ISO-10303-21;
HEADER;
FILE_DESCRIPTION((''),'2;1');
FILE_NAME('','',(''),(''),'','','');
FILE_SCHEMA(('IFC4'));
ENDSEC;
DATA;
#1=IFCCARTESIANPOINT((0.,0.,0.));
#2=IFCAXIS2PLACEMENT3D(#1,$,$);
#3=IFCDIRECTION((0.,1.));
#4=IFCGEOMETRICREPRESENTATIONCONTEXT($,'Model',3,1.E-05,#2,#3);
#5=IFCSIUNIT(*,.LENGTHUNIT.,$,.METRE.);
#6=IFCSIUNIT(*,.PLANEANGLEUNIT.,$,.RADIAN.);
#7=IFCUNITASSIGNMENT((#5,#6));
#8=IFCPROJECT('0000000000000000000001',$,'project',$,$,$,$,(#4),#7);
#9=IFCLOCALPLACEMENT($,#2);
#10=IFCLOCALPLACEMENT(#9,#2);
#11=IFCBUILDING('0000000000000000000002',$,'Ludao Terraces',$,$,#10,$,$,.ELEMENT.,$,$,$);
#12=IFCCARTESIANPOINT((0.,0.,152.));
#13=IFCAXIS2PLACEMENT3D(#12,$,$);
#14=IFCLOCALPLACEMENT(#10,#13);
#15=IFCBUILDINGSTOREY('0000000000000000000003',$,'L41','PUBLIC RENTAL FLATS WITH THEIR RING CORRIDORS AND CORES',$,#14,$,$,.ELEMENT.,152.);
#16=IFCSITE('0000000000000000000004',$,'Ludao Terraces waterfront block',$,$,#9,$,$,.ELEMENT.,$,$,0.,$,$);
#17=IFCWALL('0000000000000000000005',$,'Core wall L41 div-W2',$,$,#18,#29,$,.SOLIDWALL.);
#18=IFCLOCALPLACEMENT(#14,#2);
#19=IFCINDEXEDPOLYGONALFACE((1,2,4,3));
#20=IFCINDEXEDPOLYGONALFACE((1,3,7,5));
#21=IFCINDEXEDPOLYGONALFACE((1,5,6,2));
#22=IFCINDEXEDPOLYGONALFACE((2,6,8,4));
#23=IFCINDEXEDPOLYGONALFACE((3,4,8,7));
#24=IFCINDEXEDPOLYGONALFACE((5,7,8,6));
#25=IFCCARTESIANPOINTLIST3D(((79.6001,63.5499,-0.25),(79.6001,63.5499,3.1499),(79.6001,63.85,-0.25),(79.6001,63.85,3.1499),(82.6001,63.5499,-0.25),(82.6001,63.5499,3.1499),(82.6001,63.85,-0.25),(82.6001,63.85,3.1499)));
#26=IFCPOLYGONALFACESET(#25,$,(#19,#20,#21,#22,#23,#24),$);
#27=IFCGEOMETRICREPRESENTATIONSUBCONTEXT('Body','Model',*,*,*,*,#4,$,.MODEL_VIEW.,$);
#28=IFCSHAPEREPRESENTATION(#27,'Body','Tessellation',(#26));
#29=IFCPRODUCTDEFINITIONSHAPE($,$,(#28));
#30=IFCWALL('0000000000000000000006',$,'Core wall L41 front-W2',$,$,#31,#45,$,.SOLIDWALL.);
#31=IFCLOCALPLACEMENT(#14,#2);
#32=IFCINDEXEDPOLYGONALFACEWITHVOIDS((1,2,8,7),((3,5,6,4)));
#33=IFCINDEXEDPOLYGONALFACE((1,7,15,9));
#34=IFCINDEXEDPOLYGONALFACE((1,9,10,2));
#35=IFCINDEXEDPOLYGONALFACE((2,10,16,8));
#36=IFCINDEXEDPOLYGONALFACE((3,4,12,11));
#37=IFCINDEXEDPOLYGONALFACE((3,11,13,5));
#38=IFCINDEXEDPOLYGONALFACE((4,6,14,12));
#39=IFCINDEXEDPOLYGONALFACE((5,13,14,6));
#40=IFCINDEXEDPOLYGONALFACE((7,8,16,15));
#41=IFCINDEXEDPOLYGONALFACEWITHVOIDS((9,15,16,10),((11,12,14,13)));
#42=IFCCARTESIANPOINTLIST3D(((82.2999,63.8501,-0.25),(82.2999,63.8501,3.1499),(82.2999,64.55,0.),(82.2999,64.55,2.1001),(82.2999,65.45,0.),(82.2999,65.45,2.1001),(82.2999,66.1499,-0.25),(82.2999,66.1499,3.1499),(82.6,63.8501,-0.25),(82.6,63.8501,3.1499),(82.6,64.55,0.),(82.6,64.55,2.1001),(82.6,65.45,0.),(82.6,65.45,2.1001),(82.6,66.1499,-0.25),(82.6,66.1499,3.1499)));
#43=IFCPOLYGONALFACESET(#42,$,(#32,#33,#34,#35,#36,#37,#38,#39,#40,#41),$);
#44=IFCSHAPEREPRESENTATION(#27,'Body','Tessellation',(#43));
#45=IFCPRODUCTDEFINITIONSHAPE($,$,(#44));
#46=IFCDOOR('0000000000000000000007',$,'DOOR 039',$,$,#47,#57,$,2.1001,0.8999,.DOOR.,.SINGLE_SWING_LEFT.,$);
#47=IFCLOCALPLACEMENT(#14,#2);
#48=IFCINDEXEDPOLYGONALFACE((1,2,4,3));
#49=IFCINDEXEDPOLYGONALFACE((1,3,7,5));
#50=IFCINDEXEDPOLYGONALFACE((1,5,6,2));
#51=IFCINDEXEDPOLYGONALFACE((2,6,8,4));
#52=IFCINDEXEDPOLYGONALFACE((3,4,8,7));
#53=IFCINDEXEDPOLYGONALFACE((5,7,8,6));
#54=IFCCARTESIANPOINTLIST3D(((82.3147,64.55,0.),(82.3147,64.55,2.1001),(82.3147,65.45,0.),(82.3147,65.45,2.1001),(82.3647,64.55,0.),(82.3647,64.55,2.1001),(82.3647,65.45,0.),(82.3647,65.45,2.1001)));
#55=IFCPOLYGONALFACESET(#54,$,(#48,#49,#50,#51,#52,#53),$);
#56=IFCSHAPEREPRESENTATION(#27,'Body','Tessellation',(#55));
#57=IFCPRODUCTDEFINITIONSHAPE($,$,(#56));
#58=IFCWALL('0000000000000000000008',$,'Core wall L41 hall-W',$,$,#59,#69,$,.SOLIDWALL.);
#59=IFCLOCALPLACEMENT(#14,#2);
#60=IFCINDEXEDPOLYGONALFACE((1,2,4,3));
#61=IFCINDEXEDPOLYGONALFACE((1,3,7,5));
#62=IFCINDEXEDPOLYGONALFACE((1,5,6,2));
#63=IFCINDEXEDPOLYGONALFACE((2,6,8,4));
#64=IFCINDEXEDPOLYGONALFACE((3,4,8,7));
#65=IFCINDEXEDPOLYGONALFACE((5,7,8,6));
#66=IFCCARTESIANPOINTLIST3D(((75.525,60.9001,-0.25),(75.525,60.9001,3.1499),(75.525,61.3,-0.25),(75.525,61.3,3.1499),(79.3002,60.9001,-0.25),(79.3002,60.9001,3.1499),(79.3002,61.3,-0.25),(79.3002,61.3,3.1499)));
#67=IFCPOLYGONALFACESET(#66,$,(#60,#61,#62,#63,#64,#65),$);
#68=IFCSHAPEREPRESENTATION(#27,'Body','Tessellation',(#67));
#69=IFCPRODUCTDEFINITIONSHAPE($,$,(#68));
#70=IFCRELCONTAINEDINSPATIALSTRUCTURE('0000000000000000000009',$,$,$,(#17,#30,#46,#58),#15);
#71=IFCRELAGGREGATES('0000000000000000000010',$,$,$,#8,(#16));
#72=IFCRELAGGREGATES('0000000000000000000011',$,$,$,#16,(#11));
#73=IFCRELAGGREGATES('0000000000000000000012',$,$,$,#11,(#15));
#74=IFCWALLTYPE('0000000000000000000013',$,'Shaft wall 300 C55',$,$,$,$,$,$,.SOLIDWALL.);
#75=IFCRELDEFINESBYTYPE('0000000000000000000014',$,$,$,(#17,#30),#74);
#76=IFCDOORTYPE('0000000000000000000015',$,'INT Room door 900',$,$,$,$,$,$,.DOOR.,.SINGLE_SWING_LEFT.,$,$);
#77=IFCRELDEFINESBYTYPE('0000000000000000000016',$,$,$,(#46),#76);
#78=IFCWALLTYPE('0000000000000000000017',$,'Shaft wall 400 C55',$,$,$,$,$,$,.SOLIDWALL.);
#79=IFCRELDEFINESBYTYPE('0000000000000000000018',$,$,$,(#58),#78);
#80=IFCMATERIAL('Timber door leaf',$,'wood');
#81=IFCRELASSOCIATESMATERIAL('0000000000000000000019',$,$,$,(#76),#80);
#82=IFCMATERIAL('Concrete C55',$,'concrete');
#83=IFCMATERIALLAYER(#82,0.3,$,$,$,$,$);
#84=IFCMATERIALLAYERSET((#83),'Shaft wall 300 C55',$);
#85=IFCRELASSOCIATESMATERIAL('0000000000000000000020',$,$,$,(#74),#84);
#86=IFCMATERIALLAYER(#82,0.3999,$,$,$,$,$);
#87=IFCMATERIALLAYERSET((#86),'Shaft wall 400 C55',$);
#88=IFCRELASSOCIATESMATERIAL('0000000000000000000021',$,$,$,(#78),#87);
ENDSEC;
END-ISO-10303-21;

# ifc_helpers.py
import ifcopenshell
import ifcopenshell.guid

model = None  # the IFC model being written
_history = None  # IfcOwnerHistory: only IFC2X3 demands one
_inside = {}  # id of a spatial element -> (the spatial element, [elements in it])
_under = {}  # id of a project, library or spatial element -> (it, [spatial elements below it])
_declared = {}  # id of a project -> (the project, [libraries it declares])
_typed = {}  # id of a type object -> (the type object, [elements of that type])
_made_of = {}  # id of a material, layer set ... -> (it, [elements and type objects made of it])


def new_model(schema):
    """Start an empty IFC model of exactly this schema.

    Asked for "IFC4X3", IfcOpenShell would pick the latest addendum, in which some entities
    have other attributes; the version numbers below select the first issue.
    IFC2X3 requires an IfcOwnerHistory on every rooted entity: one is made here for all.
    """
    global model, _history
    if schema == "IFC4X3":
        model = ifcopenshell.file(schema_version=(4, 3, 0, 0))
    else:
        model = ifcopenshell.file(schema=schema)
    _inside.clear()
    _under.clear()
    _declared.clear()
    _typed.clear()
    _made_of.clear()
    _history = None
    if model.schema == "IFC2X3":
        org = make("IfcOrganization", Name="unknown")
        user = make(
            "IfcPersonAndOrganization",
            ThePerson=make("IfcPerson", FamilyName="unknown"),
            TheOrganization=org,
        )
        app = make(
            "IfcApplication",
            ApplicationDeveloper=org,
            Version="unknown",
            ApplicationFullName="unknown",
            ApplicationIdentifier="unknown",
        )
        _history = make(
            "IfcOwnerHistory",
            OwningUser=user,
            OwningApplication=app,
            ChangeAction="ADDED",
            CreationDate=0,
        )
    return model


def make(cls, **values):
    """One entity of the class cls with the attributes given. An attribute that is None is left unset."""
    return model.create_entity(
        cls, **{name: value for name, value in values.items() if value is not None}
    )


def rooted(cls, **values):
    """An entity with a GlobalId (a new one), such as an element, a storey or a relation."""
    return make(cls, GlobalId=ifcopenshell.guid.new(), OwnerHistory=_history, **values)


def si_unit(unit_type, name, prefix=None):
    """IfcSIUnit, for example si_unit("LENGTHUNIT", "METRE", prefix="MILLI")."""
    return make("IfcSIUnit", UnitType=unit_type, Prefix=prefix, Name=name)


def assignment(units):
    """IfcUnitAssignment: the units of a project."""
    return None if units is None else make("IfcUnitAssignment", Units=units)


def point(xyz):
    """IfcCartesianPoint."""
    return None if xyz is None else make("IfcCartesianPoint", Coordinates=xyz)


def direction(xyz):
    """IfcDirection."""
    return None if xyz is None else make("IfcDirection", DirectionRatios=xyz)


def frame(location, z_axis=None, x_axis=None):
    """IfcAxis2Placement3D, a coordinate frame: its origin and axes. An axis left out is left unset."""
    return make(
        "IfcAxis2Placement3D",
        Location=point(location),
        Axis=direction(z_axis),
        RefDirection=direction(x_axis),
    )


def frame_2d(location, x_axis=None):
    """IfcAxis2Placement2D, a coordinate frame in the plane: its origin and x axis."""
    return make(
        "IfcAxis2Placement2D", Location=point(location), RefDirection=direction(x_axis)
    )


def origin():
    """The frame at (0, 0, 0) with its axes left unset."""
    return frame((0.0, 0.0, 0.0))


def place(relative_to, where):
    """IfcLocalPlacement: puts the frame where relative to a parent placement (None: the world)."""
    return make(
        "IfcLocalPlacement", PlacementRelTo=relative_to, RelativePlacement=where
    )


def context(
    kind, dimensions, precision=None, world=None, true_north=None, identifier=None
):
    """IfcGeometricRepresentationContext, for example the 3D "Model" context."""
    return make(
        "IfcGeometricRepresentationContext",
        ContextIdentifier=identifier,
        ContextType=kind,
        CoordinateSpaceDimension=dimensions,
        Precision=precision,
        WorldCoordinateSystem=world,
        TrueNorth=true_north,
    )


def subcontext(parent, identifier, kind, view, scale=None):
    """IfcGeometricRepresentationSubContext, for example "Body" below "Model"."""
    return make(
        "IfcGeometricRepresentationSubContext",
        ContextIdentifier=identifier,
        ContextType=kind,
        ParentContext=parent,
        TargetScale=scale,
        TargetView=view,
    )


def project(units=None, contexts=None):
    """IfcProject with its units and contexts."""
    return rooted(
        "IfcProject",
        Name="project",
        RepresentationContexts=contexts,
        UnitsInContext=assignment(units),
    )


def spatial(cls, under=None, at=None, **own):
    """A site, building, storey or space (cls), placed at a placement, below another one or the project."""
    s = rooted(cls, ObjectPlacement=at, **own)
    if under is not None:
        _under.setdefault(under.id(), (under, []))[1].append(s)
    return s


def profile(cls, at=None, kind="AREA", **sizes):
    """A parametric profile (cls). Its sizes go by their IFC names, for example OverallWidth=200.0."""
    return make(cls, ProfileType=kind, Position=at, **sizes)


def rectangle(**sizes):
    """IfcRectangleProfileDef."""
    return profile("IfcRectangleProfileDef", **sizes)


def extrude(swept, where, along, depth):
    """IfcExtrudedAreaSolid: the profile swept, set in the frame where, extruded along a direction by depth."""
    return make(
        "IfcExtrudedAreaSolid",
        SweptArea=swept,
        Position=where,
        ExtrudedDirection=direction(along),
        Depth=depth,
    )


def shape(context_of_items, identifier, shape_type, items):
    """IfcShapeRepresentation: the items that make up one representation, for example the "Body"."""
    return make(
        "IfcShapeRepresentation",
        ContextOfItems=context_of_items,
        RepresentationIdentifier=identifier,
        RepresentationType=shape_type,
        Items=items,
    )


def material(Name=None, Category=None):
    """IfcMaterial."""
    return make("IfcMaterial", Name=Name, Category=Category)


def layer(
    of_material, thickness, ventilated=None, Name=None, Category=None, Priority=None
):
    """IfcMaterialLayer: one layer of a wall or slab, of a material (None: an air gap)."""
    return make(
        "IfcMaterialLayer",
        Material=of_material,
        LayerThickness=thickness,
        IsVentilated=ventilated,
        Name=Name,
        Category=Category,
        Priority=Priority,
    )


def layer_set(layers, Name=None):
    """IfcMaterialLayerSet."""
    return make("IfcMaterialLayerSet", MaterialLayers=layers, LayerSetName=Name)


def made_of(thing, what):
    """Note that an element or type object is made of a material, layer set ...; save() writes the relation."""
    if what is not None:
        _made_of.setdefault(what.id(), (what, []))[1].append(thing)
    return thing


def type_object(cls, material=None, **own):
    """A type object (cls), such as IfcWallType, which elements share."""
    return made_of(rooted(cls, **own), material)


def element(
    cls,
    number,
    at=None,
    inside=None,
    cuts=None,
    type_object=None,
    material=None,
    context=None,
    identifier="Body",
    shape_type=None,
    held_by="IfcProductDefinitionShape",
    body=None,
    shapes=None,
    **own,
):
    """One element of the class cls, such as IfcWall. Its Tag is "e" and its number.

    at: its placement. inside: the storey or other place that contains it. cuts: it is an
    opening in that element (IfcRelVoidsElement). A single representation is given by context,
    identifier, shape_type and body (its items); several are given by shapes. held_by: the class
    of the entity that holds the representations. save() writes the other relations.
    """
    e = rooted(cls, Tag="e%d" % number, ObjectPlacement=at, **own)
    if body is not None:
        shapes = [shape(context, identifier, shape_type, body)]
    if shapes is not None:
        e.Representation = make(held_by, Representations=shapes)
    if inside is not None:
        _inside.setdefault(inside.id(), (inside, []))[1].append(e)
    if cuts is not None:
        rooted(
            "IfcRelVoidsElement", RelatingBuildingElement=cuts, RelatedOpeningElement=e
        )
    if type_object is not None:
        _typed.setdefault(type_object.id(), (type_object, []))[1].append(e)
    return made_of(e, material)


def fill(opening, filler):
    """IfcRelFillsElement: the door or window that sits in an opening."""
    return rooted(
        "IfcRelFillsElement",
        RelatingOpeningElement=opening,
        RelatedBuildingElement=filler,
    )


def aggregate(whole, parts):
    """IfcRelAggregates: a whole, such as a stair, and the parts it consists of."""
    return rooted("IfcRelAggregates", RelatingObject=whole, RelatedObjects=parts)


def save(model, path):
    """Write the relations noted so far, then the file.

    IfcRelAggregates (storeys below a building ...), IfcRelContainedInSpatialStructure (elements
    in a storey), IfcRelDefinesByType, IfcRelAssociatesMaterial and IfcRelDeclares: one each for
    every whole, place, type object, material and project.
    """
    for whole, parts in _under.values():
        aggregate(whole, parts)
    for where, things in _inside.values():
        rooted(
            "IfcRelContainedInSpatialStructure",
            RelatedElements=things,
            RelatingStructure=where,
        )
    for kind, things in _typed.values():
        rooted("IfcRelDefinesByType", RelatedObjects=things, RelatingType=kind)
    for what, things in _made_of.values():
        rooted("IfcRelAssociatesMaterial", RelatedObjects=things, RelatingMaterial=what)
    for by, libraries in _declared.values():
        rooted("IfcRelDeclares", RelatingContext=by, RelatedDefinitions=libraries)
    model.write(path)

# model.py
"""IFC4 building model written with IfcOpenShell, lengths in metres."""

from ifc_helpers import new_model, si_unit, direction, frame, frame_2d, origin, place, context, subcontext, project, spatial, rectangle, extrude, material, layer, layer_set, type_object, element, fill, save


model = new_model("IFC4")

# Units and contexts
model_context = context("Model", 3, precision=1e-05, world=origin(), true_north=direction((0.0, 1.0)))
body_context = subcontext(model_context, "Body", "Model", "MODEL_VIEW")
ifc_project = project(units=[si_unit("LENGTHUNIT", "METRE"), si_unit("PLANEANGLEUNIT", "RADIAN")], contexts=[model_context])

# Site, building, storey
site_placement = place(None, origin())
site = spatial("IfcSite", under=ifc_project, at=site_placement, Name="Ludao Terraces waterfront block", CompositionType="ELEMENT", RefElevation=0.0)
building_placement = place(site_placement, origin())
building = spatial("IfcBuilding", under=site, at=building_placement, Name="Ludao Terraces", CompositionType="ELEMENT")
storey_placement = place(building_placement, frame((0.0, 0.0, 152.0)))
storey = spatial("IfcBuildingStorey", under=building, at=storey_placement, Name="L41", Description="PUBLIC RENTAL FLATS WITH THEIR RING CORRIDORS AND CORES", CompositionType="ELEMENT", Elevation=152.0)

# Shared definitions
ifc_material_1 = material(Name="Timber door leaf", Category="wood")
door_type_1 = type_object("IfcDoorType", Name="INT Room door 900", OperationType="SINGLE_SWING_LEFT", PredefinedType="DOOR", material=ifc_material_1)

# Shared definitions
ifc_material_2 = material(Name="Concrete C55", Category="concrete")
ifc_layer_1 = layer(ifc_material_2, 0.3)
ifc_layer_set_1 = layer_set([ifc_layer_1], Name="Shaft wall 300 C55")
wall_type_1 = type_object("IfcWallType", Name="Shaft wall 300 C55", PredefinedType="SOLIDWALL", material=ifc_layer_set_1)

# Wall
wall_1_placement = place(storey_placement, frame((79.6001, 63.7, -0.25), z_axis=(0.0, 0.0, 1.0), x_axis=(1.0, 0.0, 0.0)))
element("IfcWall", 1, at=wall_1_placement, inside=storey, type_object=wall_type_1, Name="Core wall L41 div-W2", PredefinedType="SOLIDWALL", context=body_context, shape_type="SweptSolid", body=[
    extrude(rectangle(XDim=3.0, YDim=0.3, at=frame_2d((1.5, 0.0))), origin(), (0.0, 0.0, 1.0), 3.3999),
])

# Wall, opening, door
wall_2_placement = place(storey_placement, frame((82.45, 63.8501, -0.25), z_axis=(0.0, 0.0, 1.0), x_axis=(0.0, 1.0, 0.0)))
wall_2 = element("IfcWall", 2, at=wall_2_placement, inside=storey, type_object=wall_type_1, Name="Core wall L41 front-W2", PredefinedType="SOLIDWALL", context=body_context, shape_type="SweptSolid", body=[
    extrude(rectangle(XDim=2.2998, YDim=0.3, at=frame_2d((1.1499, 0.0))), origin(), (0.0, 0.0, 1.0), 3.3999),
])
opening_1_placement = place(wall_2_placement, frame((0.7, 0.0, 0.25)))
opening_1 = element("IfcOpeningElement", 3, at=opening_1_placement, cuts=wall_2, PredefinedType="OPENING", context=body_context, shape_type="SweptSolid", body=[
    extrude(rectangle(XDim=0.8999, YDim=2.1001, at=frame_2d((0.45, 1.05))), frame((0.0, 0.1602, 0.0), z_axis=(0.0, -1.0, 0.0), x_axis=(1.0, 0.0, 0.0)), (0.0, 0.0, 1.0), 0.3201),
])
door_1_placement = place(opening_1_placement, origin())
door_1 = element("IfcDoor", 4, at=door_1_placement, inside=storey, type_object=door_type_1, Name="DOOR 039", OperationType="SINGLE_SWING_LEFT", OverallHeight=2.1001, OverallWidth=0.8999, PredefinedType="DOOR", context=body_context, shape_type="SweptSolid", body=[
    extrude(rectangle(XDim=0.8999, YDim=2.1001, at=frame_2d((0.45, 1.05))), frame((0.0, 0.1353, 0.0), z_axis=(0.0, -1.0, 0.0), x_axis=(1.0, 0.0, 0.0)), (0.0, 0.0, 1.0), 0.05),
])
fill(opening_1, door_1)

# Wall
ifc_layer_2 = layer(ifc_material_2, 0.3999)
ifc_layer_set_2 = layer_set([ifc_layer_2], Name="Shaft wall 400 C55")
wall_type_2 = type_object("IfcWallType", Name="Shaft wall 400 C55", PredefinedType="SOLIDWALL", material=ifc_layer_set_2)
wall_3_placement = place(storey_placement, frame((75.5249, 61.1001, -0.25), z_axis=(0.0, 0.0, 1.0), x_axis=(1.0, 0.0, 0.0)))
element("IfcWall", 5, at=wall_3_placement, inside=storey, type_object=wall_type_2, Name="Core wall L41 hall-W", PredefinedType="SOLIDWALL", context=body_context, shape_type="SweptSolid", body=[
    extrude(rectangle(XDim=3.7751, YDim=0.3999, at=frame_2d((1.8877, 0.0))), origin(), (0.0, 0.0, 1.0), 3.3999),
])

save(model, "model.ifc")
